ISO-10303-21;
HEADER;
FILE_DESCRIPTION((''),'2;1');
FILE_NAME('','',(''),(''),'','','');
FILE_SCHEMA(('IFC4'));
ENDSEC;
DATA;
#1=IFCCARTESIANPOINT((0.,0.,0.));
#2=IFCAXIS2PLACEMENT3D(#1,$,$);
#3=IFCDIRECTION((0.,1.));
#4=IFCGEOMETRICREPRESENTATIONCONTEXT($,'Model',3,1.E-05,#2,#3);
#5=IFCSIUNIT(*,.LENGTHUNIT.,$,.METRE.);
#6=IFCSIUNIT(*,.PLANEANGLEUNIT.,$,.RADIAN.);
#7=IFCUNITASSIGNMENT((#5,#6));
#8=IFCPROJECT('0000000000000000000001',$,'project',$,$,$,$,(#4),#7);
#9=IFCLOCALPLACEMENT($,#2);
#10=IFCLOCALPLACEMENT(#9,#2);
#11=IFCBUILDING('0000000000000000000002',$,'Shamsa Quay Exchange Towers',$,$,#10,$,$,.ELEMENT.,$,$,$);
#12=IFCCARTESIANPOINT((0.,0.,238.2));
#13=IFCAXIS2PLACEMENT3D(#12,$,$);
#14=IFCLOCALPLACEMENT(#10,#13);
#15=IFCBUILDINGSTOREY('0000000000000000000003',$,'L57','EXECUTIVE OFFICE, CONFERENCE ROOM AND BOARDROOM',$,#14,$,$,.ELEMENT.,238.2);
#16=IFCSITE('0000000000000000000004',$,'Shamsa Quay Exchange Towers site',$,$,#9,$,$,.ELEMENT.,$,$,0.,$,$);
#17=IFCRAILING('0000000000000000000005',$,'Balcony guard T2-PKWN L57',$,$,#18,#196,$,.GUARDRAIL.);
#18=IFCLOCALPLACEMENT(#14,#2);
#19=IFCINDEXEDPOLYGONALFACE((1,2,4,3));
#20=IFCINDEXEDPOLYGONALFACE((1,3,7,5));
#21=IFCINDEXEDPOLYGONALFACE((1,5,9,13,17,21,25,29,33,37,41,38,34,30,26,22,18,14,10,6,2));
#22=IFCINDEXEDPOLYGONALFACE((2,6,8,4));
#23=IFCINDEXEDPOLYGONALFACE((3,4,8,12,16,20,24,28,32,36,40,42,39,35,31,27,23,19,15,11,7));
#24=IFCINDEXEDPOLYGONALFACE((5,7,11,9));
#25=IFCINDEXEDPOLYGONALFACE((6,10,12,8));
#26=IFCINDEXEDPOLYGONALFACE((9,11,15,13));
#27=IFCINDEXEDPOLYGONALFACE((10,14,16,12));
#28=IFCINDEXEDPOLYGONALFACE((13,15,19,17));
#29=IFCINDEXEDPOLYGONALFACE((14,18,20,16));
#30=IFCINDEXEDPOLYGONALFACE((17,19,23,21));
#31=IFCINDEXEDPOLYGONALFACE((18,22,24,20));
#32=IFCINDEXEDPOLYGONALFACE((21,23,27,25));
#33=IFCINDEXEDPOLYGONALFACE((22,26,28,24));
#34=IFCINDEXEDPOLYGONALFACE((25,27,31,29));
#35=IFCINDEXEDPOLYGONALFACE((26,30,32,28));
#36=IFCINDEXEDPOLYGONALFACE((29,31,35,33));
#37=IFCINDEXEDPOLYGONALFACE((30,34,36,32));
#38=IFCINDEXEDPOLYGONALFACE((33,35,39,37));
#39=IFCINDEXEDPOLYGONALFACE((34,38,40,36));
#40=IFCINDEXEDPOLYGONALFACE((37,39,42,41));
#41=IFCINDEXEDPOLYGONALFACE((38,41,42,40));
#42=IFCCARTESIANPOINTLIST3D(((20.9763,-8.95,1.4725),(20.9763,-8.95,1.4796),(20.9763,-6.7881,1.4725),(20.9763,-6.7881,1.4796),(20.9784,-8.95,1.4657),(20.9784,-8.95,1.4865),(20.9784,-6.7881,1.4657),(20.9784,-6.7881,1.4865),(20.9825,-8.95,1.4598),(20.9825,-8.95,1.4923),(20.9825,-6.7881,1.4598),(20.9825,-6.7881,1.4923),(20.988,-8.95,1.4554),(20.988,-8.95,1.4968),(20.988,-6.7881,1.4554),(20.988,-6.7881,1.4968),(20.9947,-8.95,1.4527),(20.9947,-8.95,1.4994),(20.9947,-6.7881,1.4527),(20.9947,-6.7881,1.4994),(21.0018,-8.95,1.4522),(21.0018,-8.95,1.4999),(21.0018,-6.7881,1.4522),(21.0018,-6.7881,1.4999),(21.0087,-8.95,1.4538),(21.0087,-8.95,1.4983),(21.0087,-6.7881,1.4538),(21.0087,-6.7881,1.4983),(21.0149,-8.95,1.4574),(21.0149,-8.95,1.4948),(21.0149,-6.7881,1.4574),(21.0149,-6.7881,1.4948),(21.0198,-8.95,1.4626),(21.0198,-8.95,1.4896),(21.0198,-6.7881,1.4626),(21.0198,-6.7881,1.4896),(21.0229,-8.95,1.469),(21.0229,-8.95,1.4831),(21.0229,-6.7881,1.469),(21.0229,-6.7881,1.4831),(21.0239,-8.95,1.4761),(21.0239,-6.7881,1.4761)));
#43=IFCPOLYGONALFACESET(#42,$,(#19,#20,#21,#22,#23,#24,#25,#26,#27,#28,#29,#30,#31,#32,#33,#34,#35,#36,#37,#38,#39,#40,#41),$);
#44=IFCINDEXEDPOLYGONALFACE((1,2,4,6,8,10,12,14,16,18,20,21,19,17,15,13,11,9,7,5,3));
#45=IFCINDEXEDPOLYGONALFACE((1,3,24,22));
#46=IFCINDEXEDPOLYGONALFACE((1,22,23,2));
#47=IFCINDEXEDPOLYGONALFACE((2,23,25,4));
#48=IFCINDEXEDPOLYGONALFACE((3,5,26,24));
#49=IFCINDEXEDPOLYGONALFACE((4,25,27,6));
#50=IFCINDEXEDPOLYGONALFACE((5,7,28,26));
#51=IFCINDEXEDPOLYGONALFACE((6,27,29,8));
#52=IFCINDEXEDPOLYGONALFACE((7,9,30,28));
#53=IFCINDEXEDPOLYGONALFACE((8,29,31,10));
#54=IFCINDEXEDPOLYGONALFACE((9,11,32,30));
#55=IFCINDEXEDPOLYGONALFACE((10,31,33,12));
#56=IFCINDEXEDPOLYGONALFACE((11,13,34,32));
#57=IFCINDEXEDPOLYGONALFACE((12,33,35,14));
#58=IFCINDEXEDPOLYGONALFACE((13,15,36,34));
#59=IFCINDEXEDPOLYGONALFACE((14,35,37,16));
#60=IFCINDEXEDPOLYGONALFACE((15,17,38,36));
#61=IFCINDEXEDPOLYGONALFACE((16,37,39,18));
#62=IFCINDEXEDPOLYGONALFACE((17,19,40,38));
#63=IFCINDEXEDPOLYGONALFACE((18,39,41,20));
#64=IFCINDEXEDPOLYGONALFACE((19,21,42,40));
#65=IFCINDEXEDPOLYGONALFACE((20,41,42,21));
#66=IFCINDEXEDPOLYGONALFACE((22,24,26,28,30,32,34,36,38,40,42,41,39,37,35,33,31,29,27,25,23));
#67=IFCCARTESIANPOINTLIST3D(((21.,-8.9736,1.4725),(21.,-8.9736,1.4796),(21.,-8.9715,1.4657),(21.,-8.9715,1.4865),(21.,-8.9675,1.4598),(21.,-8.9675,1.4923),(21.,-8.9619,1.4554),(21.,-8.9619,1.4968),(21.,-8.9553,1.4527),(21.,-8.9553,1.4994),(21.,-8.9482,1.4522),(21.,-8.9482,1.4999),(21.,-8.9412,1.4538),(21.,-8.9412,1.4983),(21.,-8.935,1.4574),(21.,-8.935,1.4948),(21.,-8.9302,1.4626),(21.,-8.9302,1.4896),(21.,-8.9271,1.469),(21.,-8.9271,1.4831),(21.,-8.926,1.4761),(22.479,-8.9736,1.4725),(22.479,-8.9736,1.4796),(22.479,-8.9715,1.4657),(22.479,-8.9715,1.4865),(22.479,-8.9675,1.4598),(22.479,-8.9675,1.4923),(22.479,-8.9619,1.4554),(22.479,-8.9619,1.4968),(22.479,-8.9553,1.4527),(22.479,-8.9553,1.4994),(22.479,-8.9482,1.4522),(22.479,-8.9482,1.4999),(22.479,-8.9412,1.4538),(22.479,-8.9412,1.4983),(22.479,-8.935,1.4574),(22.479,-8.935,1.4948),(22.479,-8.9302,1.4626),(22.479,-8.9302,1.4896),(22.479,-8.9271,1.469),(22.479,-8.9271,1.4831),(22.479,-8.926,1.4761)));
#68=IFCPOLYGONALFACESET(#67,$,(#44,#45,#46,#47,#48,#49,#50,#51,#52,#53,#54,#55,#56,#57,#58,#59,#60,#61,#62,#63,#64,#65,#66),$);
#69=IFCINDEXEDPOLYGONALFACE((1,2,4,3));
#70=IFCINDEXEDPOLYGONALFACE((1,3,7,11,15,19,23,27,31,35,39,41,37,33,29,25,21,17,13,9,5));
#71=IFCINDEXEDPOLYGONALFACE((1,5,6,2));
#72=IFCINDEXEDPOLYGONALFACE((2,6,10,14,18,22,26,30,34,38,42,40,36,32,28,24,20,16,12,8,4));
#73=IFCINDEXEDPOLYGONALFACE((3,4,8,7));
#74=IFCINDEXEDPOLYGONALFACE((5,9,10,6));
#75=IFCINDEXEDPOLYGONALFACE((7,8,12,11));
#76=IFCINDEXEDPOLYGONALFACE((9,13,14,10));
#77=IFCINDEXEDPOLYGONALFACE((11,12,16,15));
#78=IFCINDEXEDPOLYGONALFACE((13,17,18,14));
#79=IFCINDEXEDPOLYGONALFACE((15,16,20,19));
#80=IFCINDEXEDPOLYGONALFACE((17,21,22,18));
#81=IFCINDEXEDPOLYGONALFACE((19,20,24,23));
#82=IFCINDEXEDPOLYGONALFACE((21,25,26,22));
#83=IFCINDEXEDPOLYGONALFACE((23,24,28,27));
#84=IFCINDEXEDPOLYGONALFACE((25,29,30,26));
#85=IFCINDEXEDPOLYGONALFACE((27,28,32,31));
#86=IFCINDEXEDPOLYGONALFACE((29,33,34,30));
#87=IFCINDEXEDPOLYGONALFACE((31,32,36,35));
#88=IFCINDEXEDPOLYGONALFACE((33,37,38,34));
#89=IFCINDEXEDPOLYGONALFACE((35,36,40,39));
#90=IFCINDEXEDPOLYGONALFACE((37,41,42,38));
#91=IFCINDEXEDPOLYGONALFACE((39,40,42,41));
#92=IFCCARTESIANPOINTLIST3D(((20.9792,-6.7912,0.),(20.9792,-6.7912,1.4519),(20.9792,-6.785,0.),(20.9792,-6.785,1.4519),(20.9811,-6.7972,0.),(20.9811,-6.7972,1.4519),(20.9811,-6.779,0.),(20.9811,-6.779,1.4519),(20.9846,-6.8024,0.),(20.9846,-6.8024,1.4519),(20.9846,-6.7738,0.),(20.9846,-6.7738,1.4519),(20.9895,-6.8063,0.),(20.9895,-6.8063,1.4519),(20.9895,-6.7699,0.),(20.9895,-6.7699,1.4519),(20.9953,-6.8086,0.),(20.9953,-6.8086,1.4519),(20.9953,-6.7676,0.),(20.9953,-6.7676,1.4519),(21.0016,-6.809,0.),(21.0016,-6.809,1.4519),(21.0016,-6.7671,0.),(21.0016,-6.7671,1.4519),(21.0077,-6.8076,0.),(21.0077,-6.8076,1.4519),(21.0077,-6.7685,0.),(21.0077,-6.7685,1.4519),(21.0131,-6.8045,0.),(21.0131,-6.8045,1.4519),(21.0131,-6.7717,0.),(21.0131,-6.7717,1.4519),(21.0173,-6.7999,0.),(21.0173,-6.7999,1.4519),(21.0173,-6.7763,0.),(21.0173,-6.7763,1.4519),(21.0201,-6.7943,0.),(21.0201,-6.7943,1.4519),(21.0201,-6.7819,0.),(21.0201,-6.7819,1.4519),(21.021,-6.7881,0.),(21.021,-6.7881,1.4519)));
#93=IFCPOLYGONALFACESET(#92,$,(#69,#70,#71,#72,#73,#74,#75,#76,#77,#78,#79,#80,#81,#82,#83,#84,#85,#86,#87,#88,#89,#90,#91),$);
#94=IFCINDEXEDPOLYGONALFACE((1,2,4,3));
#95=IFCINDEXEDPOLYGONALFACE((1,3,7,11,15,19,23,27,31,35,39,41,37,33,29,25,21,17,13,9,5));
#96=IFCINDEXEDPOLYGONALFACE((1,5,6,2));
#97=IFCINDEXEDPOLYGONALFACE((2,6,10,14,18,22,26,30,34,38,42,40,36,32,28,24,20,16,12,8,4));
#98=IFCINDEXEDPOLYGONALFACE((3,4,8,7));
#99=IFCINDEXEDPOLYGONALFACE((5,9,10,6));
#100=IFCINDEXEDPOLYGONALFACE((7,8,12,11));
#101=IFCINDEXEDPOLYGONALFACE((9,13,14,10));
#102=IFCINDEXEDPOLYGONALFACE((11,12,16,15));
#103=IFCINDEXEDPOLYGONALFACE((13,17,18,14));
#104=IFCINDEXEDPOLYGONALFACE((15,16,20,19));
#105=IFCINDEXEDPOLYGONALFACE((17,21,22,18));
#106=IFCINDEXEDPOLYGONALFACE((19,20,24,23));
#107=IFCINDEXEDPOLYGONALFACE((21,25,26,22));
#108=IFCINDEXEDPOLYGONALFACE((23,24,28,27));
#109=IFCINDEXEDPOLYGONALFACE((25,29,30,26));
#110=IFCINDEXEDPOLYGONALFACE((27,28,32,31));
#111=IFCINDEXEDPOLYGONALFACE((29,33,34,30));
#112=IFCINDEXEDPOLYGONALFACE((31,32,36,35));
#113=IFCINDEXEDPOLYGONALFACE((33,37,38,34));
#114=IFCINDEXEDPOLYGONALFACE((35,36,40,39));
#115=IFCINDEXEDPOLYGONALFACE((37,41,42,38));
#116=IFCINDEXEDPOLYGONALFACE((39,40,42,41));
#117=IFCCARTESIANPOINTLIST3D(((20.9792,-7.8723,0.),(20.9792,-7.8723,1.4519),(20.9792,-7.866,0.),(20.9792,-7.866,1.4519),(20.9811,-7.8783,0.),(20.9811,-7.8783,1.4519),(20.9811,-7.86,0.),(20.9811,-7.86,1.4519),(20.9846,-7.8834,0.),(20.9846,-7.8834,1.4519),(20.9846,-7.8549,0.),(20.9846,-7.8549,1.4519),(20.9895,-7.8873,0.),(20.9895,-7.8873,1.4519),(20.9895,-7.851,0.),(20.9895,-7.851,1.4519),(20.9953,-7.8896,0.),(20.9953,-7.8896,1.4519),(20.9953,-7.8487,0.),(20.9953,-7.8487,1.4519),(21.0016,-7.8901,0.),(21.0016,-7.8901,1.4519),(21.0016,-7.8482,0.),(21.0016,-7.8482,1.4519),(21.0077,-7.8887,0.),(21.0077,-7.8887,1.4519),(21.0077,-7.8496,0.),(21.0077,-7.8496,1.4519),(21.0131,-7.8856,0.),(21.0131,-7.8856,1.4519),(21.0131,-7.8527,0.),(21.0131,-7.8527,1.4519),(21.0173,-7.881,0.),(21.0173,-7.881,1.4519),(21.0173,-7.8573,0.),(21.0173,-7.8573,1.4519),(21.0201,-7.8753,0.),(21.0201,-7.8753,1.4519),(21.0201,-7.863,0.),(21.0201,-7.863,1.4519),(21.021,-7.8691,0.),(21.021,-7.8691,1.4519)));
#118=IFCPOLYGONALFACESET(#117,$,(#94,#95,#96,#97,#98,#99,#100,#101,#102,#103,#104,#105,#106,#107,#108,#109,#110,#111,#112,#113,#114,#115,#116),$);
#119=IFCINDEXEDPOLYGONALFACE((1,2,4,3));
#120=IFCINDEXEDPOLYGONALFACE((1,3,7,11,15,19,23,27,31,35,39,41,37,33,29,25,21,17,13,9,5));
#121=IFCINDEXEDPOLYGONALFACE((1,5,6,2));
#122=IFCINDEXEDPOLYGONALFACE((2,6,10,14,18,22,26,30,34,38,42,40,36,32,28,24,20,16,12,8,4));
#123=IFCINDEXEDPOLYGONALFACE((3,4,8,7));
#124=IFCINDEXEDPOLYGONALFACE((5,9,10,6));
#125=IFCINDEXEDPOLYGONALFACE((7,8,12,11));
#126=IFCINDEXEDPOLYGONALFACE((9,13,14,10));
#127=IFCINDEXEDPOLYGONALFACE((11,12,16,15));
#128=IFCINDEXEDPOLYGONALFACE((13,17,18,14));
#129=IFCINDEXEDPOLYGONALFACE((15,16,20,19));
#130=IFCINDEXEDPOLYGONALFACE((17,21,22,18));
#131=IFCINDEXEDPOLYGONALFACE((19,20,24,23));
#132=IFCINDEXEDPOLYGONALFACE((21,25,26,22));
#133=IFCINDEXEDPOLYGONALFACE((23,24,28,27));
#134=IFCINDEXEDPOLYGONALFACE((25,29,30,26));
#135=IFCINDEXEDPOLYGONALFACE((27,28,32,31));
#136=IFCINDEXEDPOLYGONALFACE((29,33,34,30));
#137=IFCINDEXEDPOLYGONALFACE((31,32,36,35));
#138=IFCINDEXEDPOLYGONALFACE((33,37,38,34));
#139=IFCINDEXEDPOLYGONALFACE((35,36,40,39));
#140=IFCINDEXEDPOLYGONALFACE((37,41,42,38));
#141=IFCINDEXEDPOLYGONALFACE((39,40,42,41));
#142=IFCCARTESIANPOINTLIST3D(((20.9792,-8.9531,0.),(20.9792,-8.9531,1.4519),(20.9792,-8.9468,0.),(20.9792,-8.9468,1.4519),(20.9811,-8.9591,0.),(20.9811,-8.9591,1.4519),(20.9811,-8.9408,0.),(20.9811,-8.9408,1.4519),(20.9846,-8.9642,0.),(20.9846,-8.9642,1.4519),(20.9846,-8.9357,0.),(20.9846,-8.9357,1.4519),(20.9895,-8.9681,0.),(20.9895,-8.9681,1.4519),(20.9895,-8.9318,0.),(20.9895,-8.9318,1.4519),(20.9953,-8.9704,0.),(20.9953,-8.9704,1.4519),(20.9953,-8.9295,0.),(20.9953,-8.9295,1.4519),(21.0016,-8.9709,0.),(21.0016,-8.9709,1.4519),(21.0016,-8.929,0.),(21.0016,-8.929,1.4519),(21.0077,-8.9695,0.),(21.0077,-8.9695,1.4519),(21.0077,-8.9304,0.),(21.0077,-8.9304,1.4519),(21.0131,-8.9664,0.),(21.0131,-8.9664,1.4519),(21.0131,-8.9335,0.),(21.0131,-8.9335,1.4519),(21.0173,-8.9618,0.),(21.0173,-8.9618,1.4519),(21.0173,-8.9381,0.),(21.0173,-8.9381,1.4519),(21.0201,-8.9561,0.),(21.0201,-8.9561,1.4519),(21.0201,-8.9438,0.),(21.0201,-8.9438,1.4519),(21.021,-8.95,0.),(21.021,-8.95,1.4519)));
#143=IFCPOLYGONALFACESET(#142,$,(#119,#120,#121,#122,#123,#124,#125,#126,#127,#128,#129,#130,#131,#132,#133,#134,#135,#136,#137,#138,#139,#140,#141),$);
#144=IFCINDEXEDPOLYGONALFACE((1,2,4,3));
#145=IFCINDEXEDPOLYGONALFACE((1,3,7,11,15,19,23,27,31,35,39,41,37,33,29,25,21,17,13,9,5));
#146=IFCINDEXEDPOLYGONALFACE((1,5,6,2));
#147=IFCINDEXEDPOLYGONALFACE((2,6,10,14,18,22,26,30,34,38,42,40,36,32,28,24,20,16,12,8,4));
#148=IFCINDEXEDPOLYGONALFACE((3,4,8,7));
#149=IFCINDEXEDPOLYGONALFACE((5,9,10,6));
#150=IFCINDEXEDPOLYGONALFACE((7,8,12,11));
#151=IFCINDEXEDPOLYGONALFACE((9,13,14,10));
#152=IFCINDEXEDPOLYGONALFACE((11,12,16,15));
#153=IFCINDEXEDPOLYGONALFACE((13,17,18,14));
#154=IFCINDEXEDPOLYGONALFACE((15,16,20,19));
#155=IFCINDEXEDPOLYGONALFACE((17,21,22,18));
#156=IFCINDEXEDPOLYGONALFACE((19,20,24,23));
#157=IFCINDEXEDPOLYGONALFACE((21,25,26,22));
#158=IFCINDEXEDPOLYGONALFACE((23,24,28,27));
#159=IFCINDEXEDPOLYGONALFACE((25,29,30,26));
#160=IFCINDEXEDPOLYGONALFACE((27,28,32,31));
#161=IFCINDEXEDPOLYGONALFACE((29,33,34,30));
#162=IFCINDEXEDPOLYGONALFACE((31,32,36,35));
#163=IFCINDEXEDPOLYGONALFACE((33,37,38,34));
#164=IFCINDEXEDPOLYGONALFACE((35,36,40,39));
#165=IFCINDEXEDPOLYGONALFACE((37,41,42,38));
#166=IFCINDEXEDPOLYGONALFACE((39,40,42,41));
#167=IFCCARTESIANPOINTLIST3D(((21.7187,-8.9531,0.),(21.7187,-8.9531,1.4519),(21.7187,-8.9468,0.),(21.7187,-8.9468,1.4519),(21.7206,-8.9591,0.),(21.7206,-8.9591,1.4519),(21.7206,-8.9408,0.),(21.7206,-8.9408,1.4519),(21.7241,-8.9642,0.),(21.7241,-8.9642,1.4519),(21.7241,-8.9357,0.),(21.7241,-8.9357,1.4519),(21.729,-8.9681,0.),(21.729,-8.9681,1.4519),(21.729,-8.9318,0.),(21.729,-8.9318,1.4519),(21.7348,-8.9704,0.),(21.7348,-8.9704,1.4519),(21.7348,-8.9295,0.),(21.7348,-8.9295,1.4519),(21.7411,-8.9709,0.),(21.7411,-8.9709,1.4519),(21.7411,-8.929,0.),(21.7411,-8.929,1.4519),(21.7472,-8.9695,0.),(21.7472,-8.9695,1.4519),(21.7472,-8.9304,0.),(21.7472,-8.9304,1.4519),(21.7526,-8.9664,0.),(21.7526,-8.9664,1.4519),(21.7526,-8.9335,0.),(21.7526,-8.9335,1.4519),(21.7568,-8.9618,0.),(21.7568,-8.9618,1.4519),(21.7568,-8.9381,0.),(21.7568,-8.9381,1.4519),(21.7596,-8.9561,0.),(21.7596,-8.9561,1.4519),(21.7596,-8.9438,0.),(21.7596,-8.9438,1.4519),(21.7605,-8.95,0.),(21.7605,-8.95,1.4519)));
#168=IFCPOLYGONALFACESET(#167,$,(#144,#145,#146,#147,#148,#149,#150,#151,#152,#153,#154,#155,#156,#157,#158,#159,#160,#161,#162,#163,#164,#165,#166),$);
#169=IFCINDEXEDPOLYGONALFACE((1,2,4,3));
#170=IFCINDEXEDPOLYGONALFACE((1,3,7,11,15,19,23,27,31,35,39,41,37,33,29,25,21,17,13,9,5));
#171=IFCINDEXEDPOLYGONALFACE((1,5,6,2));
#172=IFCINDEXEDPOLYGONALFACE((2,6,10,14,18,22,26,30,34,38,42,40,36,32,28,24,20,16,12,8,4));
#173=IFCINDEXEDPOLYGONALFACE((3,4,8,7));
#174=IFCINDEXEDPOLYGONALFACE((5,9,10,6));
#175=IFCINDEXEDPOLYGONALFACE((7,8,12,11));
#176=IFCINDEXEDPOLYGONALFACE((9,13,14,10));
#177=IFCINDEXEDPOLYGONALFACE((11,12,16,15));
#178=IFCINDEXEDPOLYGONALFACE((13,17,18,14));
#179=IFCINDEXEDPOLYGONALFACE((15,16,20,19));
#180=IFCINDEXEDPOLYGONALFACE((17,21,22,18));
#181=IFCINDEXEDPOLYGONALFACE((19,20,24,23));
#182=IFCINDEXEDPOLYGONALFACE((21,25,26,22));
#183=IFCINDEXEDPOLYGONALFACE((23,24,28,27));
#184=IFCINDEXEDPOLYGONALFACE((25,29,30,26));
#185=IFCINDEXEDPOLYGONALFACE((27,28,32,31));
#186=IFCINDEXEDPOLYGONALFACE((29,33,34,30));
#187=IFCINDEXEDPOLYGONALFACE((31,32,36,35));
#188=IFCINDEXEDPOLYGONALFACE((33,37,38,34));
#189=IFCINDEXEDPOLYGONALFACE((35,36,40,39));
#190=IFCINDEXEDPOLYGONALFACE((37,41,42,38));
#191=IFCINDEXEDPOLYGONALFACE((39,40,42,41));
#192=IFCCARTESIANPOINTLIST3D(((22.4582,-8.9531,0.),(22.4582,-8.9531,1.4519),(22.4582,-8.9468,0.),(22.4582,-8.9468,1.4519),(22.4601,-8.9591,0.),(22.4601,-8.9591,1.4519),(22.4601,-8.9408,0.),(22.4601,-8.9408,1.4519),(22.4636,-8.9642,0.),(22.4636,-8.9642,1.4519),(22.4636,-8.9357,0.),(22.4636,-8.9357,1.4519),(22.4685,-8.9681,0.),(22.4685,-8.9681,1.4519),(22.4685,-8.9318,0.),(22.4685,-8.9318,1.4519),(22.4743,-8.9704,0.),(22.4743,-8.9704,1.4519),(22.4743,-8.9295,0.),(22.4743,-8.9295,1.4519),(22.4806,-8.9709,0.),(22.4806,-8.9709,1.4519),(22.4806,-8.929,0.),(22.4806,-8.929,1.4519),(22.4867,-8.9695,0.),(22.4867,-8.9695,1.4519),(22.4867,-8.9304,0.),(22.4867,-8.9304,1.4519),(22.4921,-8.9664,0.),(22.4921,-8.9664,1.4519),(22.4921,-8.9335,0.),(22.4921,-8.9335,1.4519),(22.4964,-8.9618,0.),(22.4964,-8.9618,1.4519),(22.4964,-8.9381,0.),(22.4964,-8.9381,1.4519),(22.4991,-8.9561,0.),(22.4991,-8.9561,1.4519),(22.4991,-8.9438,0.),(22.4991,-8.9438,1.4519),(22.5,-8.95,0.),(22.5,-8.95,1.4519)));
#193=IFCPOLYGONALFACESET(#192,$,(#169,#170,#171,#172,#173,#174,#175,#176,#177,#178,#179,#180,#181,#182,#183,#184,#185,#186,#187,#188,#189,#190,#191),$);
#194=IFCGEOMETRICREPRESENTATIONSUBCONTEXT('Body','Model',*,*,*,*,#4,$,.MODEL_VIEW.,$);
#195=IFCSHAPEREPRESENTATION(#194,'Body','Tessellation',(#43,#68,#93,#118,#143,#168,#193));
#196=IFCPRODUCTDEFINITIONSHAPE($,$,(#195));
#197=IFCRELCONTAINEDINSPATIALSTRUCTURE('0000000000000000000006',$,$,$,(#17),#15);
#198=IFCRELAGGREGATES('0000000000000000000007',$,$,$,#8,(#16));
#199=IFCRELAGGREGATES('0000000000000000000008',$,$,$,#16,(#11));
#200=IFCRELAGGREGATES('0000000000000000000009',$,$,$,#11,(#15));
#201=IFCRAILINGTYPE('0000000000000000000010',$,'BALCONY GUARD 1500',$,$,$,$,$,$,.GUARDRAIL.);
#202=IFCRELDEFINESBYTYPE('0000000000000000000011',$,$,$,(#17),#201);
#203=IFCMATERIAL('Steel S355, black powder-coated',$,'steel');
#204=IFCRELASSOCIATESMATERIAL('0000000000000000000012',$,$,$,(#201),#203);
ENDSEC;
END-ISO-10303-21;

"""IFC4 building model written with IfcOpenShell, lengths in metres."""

from ifc_helpers import new_model, si_unit, direction, frame, origin, origin_2d, place, context, subcontext, project, spatial, circle, extrude, material, type_object, element, save


model = new_model("IFC4")

# Units and contexts
model_context = context("Model", 3, precision=1e-05, world=origin(), true_north=direction((0.0, 1.0)))
body_context = subcontext(model_context, "Body", "Model", "MODEL_VIEW")
ifc_project = project(units=[si_unit("LENGTHUNIT", "METRE"), si_unit("PLANEANGLEUNIT", "RADIAN")], contexts=[model_context])

# Site, building, storey
site_placement = place(None, origin())
site = spatial("IfcSite", under=ifc_project, at=site_placement, Name="Shamsa Quay Exchange Towers site", CompositionType="ELEMENT", RefElevation=0.0)
building_placement = place(site_placement, origin())
building = spatial("IfcBuilding", under=site, at=building_placement, Name="Shamsa Quay Exchange Towers", CompositionType="ELEMENT")
storey_placement = place(building_placement, frame((0.0, 0.0, 238.2)))
storey = spatial("IfcBuildingStorey", under=building, at=storey_placement, Name="L57", Description="EXECUTIVE OFFICE, CONFERENCE ROOM AND BOARDROOM", CompositionType="ELEMENT", Elevation=238.2)

# Railing
ifc_material_1 = material(Name="Steel S355, black powder-coated", Category="steel")
railing_type = type_object("IfcRailingType", Name="BALCONY GUARD 1500", PredefinedType="GUARDRAIL", material=ifc_material_1)
for number, where, name in (
    (1, (21.0, -6.7881, 0.0), "Balcony guard T2-PKWN L57"),
):
    element("IfcRailing", number, at=place(storey_placement, frame(where)), inside=storey, type_object=railing_type, Name=name, PredefinedType="GUARDRAIL", context=body_context, shape_type="SweptSolid", body=[
        extrude(circle(Radius=0.0239, at=origin_2d()), frame((0.0, 0.0, 1.4761), z_axis=(0.0, -1.0, 0.0), x_axis=(1.0, 0.0, 0.0)), (0.0, 0.0, 1.0), 2.1619),
        extrude(circle(Radius=0.0239, at=origin_2d()), frame((0.0, -2.1619, 1.4761), z_axis=(1.0, 0.0, 0.0), x_axis=(0.0, 1.0, 0.0)), (0.0, 0.0, 1.0), 1.479),
        extrude(circle(Radius=0.021, at=origin_2d()), origin(), (0.0, 0.0, 1.0), 1.4519),
        extrude(circle(Radius=0.021, at=origin_2d()), frame((0.0, -1.0811, 0.0)), (0.0, 0.0, 1.0), 1.4519),
        extrude(circle(Radius=0.021, at=origin_2d()), frame((0.0, -2.1619, 0.0)), (0.0, 0.0, 1.0), 1.4519),
        extrude(circle(Radius=0.021, at=origin_2d()), frame((0.7395, -2.1619, 0.0)), (0.0, 0.0, 1.0), 1.4519),
        extrude(circle(Radius=0.021, at=origin_2d()), frame((1.479, -2.1619, 0.0)), (0.0, 0.0, 1.0), 1.4519),
    ])

save(model, "model.ifc")
